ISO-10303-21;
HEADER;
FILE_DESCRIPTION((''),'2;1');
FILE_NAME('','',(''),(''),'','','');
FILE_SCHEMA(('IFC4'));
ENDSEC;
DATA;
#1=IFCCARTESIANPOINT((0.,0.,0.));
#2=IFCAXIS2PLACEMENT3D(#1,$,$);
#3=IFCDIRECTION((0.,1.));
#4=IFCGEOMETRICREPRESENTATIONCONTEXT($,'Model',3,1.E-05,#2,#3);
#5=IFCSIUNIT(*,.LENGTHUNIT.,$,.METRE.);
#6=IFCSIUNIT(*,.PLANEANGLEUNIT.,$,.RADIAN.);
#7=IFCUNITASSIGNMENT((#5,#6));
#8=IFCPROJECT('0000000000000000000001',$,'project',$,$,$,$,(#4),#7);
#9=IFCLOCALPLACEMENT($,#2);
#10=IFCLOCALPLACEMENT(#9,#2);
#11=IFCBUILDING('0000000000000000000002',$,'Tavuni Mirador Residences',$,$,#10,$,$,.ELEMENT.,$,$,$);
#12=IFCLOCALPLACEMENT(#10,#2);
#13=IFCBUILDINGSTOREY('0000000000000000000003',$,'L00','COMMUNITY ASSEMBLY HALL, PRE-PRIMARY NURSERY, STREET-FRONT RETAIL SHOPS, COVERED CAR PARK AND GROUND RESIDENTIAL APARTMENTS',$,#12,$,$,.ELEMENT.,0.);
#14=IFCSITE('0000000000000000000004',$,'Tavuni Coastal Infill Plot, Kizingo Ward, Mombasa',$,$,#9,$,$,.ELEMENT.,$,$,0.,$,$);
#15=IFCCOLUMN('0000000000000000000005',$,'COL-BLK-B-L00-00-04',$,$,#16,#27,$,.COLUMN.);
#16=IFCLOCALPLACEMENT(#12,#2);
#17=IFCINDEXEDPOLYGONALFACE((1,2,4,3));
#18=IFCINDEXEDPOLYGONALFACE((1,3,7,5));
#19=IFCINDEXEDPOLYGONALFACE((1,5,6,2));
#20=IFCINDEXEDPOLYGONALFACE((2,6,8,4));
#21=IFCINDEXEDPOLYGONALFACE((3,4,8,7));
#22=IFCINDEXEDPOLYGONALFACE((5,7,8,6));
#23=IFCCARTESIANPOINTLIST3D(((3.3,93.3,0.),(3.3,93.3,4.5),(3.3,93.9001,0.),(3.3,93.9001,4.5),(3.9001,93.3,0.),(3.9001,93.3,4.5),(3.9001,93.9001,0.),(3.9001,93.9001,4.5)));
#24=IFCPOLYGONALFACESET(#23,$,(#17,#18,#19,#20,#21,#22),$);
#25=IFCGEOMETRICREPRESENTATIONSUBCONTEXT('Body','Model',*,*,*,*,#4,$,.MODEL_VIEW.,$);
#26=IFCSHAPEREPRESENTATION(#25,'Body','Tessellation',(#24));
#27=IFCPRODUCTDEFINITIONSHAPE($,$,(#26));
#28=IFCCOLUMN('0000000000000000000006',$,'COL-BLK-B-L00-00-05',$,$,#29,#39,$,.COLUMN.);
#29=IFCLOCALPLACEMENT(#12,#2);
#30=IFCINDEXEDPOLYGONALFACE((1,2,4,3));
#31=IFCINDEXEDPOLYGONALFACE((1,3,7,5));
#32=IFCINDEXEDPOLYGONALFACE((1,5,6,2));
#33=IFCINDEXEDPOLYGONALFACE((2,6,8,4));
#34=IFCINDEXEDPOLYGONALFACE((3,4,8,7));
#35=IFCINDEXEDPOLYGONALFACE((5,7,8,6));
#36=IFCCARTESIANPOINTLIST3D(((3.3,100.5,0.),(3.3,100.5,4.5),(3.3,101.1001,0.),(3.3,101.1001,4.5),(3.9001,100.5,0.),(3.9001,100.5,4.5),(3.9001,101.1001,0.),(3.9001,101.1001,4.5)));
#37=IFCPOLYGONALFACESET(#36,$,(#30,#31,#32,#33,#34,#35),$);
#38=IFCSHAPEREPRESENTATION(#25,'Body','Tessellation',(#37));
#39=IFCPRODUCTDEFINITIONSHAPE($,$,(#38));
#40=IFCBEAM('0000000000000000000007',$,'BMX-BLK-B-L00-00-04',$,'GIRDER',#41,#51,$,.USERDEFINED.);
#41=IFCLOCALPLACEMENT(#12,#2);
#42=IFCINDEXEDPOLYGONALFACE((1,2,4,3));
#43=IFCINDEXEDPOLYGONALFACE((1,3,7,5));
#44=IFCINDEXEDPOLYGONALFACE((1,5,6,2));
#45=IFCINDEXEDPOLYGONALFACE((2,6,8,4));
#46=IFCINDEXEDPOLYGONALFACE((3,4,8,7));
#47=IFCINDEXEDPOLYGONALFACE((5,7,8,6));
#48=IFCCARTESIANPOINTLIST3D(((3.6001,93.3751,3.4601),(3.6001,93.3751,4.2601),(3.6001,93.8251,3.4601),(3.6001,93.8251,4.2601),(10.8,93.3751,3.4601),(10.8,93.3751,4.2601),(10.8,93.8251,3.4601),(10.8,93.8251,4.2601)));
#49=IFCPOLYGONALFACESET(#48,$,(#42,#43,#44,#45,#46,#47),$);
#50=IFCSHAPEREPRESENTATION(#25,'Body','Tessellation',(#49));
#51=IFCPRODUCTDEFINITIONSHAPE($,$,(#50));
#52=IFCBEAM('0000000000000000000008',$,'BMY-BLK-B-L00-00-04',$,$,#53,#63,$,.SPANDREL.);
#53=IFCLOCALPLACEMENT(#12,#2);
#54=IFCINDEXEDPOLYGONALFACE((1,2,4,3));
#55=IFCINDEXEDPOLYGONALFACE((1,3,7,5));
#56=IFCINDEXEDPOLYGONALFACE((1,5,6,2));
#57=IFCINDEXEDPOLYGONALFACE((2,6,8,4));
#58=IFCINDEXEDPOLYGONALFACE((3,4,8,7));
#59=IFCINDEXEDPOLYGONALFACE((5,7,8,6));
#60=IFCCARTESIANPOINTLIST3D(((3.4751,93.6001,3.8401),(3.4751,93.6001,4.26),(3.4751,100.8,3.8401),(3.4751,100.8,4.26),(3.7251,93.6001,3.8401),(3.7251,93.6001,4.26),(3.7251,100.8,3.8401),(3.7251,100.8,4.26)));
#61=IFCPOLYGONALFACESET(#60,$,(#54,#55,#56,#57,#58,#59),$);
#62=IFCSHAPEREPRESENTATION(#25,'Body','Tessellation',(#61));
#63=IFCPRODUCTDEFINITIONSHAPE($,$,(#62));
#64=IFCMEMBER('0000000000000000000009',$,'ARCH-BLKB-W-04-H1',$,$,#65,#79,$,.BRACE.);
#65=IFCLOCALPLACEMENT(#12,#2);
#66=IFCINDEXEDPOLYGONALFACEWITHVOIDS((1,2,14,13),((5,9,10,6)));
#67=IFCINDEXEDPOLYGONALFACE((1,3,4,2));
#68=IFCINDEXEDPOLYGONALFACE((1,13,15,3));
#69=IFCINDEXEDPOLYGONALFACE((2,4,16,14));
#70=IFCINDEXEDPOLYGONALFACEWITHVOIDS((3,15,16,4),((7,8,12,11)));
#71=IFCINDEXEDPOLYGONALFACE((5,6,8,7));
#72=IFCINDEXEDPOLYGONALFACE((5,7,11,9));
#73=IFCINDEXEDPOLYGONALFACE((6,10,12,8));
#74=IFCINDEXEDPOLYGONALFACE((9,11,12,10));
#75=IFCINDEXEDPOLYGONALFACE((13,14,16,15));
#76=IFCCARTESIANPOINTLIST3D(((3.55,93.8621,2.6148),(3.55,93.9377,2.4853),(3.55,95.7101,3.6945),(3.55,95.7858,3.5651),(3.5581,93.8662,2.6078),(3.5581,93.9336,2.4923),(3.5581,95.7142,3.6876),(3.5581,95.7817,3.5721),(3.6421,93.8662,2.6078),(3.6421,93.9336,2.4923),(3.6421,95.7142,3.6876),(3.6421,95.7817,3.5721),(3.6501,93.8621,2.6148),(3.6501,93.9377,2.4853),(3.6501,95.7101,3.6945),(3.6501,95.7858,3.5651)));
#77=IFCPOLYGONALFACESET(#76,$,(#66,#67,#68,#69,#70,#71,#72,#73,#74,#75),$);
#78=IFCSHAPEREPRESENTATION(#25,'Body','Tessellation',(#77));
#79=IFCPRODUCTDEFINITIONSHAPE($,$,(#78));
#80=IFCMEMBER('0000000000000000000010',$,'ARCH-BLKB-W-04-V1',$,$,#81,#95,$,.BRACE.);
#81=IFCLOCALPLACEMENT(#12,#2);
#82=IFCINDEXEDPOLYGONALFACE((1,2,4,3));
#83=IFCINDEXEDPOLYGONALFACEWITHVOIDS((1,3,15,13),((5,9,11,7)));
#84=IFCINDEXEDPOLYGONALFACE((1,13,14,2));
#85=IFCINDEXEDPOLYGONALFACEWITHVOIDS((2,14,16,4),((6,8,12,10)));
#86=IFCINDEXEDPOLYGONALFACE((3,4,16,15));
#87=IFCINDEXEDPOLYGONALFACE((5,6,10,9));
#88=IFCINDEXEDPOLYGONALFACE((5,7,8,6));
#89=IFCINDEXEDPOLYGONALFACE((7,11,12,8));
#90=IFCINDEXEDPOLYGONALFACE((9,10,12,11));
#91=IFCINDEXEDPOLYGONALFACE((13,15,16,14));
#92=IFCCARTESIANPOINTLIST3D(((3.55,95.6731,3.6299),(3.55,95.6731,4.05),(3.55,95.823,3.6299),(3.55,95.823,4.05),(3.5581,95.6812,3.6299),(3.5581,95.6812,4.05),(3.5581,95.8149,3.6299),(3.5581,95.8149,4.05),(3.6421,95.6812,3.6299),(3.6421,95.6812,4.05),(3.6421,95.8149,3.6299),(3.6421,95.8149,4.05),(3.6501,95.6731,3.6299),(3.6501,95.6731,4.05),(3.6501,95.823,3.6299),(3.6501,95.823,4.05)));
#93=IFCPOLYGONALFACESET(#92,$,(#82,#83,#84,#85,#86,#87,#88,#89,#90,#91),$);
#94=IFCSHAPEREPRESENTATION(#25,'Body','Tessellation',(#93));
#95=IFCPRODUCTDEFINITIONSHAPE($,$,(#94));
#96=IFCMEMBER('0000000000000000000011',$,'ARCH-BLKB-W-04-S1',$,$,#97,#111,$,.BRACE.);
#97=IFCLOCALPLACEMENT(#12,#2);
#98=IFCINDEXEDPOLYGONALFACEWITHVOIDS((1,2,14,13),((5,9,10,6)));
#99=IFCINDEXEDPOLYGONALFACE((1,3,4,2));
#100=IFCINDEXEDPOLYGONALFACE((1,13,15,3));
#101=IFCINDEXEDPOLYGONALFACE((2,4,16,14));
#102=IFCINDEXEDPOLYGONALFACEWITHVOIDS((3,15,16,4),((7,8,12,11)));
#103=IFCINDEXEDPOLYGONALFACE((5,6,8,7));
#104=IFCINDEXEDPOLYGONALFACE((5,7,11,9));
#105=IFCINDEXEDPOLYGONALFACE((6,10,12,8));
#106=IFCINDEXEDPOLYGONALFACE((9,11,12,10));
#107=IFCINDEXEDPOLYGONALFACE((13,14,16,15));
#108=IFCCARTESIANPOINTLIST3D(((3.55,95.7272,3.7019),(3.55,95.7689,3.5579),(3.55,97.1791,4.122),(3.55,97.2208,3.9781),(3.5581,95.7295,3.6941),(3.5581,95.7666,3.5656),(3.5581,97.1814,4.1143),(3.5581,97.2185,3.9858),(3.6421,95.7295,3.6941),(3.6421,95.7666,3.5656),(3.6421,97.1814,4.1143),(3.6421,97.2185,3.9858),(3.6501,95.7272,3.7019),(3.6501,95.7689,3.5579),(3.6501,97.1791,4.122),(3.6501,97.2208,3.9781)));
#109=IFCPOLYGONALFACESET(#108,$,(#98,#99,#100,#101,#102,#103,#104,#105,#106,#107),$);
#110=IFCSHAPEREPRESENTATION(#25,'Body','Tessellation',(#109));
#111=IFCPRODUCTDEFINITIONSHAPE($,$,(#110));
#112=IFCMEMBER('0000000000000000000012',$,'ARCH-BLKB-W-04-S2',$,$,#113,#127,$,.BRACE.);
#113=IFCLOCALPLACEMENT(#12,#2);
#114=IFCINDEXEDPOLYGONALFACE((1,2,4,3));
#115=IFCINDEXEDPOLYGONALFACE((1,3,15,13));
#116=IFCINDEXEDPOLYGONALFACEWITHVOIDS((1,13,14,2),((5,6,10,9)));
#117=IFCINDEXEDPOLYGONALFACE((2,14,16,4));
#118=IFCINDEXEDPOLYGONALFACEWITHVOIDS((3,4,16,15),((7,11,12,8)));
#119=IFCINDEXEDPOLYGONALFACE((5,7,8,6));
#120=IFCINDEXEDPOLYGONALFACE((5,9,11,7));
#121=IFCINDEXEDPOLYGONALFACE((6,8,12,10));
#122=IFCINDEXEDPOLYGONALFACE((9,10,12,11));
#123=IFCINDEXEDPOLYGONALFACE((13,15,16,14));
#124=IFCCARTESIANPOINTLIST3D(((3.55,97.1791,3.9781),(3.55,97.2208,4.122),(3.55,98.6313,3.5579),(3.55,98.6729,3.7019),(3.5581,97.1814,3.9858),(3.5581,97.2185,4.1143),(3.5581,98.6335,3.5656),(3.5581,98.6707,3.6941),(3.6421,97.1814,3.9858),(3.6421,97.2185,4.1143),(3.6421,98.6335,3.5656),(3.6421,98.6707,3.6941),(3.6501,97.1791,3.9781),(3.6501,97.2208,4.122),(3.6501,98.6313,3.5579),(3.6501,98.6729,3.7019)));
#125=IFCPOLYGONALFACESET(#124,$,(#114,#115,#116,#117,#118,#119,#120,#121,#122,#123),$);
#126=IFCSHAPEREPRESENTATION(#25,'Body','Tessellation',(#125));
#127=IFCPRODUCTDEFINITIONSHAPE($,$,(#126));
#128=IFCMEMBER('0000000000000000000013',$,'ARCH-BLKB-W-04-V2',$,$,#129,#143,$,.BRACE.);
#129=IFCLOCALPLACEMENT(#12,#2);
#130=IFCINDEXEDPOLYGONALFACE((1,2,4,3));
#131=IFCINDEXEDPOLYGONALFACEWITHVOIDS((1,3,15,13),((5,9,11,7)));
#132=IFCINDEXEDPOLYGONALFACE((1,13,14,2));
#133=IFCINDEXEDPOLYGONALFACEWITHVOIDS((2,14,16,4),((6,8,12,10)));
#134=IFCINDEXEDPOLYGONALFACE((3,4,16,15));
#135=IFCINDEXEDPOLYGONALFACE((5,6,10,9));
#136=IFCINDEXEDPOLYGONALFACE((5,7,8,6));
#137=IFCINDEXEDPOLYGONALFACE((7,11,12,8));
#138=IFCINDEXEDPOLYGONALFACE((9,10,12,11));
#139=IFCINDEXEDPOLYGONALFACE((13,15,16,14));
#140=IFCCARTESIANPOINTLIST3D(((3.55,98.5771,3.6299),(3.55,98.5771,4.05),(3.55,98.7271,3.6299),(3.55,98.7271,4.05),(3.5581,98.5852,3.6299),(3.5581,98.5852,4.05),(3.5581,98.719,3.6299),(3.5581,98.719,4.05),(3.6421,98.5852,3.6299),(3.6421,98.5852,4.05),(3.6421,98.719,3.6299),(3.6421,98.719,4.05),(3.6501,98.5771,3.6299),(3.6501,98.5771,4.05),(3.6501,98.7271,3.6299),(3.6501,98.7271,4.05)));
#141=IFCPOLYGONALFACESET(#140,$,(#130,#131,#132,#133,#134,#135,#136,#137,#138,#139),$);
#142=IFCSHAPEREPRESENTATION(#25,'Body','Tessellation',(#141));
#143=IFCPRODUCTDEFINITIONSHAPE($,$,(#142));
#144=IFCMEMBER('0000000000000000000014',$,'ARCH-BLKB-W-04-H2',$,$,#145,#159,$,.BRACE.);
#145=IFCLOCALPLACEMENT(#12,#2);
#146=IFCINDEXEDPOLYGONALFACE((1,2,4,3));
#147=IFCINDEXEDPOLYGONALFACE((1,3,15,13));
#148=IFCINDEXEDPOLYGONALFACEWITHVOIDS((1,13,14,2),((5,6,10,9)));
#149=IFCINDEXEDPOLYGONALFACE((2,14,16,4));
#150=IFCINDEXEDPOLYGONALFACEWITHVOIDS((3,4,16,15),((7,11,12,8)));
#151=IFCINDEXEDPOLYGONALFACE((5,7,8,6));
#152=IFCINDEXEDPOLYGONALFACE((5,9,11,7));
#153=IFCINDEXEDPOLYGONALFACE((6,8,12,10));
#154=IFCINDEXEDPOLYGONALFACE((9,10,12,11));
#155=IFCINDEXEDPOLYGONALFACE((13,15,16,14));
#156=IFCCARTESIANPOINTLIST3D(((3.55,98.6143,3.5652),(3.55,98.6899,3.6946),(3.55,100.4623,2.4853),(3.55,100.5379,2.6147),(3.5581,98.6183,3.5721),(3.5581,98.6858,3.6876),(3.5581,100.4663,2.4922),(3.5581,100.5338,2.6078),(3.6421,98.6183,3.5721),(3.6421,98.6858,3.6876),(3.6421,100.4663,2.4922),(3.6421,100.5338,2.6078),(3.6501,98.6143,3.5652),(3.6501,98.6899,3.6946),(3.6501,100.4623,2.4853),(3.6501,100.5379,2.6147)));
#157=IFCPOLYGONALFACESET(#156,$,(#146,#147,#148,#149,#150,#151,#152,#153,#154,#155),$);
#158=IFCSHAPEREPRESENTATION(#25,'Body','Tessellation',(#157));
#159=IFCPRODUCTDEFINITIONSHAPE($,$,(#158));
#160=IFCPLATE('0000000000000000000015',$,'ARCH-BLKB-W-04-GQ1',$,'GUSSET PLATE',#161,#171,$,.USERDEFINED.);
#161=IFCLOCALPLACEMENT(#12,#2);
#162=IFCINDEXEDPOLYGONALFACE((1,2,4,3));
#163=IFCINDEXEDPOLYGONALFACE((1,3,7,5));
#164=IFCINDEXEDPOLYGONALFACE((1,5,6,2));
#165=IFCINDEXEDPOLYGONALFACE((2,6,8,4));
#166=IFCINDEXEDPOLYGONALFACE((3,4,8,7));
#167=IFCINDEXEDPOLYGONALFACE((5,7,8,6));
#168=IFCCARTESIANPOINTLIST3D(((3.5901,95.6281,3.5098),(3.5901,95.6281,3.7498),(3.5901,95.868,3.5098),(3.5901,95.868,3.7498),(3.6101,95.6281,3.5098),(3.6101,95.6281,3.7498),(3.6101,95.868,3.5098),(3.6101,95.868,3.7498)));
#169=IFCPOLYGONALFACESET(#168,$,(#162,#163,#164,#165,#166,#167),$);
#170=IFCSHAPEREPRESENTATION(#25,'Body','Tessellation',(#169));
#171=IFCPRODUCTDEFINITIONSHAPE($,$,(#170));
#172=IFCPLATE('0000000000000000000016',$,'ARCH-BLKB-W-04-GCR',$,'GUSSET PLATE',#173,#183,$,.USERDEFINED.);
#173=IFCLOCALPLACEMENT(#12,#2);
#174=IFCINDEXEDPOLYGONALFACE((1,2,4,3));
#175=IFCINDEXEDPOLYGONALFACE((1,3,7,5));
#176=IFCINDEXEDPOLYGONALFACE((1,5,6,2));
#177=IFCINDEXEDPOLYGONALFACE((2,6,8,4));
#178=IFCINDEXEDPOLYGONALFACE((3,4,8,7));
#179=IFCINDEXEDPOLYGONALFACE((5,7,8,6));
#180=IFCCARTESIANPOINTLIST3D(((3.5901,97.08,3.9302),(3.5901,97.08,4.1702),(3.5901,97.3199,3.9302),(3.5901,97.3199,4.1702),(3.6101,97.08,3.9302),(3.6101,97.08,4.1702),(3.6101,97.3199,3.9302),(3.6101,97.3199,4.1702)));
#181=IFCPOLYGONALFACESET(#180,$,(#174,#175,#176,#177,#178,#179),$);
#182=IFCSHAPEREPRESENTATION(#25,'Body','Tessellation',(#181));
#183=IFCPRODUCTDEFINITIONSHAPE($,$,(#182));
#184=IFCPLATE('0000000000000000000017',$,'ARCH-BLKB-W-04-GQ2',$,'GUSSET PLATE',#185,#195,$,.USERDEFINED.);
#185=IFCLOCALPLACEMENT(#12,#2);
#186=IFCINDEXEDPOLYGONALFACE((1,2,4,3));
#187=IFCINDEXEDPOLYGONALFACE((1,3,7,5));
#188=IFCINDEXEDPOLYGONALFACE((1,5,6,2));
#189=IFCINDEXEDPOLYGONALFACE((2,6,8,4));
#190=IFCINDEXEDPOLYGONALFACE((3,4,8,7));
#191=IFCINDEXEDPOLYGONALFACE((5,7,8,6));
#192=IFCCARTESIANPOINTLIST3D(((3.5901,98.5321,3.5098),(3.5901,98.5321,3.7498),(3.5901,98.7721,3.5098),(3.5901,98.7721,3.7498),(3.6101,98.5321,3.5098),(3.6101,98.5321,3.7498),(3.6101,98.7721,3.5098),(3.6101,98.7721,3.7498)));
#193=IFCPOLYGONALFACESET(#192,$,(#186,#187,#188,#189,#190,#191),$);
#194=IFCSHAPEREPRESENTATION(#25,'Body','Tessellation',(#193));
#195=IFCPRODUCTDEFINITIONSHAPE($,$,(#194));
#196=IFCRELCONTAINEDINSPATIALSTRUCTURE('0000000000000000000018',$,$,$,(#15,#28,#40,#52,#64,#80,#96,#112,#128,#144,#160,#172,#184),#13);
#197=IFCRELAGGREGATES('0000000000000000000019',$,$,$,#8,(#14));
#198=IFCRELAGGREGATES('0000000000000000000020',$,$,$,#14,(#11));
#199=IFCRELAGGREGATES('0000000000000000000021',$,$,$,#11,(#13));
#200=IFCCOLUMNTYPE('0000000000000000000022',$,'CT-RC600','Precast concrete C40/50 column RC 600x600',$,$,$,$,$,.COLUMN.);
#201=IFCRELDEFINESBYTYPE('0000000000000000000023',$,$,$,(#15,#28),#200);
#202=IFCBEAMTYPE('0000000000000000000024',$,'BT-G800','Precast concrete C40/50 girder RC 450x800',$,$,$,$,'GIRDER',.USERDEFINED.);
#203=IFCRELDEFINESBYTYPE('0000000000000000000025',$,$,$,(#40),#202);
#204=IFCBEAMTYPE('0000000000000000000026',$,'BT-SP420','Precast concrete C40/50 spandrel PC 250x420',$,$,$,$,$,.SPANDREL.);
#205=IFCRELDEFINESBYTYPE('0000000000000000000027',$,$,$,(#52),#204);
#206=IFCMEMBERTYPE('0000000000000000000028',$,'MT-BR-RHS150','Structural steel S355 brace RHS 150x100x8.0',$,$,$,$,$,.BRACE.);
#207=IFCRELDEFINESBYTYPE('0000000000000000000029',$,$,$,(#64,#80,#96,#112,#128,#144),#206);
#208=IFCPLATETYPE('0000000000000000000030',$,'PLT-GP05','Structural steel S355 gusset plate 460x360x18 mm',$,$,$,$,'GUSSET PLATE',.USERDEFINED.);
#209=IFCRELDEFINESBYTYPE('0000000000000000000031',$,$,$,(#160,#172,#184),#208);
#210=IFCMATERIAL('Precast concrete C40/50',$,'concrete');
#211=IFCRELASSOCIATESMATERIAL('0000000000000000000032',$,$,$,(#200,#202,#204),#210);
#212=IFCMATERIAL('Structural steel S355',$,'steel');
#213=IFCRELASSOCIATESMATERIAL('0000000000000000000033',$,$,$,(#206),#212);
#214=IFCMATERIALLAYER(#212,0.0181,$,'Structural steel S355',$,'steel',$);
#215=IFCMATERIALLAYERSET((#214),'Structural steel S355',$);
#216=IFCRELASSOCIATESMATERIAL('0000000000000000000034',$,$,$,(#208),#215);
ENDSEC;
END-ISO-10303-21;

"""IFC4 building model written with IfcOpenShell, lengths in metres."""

from ifc_helpers import new_model, si_unit, direction, frame, origin, origin_2d, place, context, subcontext, project, spatial, rectangle, hollow_rectangle, extrude, material, layer, layer_set, material_profile, profile_set, type_object, element, save


model = new_model("IFC4")

# Units and contexts
model_context = context("Model", 3, precision=1e-05, world=origin(), true_north=direction((0.0, 1.0)))
body_context = subcontext(model_context, "Body", "Model", "MODEL_VIEW")
ifc_project = project(units=[si_unit("LENGTHUNIT", "METRE"), si_unit("PLANEANGLEUNIT", "RADIAN")], contexts=[model_context])

# Site, building, storey
site_placement = place(None, origin())
site = spatial("IfcSite", under=ifc_project, at=site_placement, Name="Tavuni Coastal Infill Plot, Kizingo Ward, Mombasa", CompositionType="ELEMENT", RefElevation=0.0)
building_placement = place(site_placement, origin())
building = spatial("IfcBuilding", under=site, at=building_placement, Name="Tavuni Mirador Residences", CompositionType="ELEMENT")
storey_placement = place(building_placement, origin())
storey = spatial("IfcBuildingStorey", under=building, at=storey_placement, Name="L00", Description="COMMUNITY ASSEMBLY HALL, PRE-PRIMARY NURSERY, STREET-FRONT RETAIL SHOPS, COVERED CAR PARK AND GROUND RESIDENTIAL APARTMENTS", CompositionType="ELEMENT", Elevation=0.0)

# Columns
ifc_material_1 = material(Name="Precast concrete C40/50", Category="concrete")
ifc_material_profile_1 = material_profile(ifc_material_1, rectangle(XDim=0.6001, YDim=0.6001, at=origin_2d()), Name="RC 600x600", Category="concrete")
ifc_profile_set_1 = profile_set([ifc_material_profile_1], Name="Precast concrete C40/50")
column_type = type_object("IfcColumnType", Name="CT-RC600", Description="Precast concrete C40/50 column RC 600x600", PredefinedType="COLUMN", material=ifc_profile_set_1)
for number, where, z_axis, x_axis, name in (
    (1, (3.6001, 93.6001, 0.0), (0.0, 0.0, 1.0), (1.0, 0.0, 0.0), "COL-BLK-B-L00-00-04"),
    (2, (3.6001, 100.8, 0.0), (0.0, 0.0, 1.0), (1.0, 0.0, 0.0), "COL-BLK-B-L00-00-05"),
):
    element("IfcColumn", number, at=place(storey_placement, frame(where, z_axis=z_axis, x_axis=x_axis)), inside=storey, type_object=column_type, Name=name, PredefinedType="COLUMN", context=body_context, shape_type="SweptSolid", body=[
        extrude(rectangle(XDim=0.6001, YDim=0.6001, at=origin_2d()), origin(), (0.0, 0.0, 1.0), 4.5),
    ])

# Beams
ifc_material_profile_2 = material_profile(ifc_material_1, rectangle(XDim=0.45, YDim=0.8, at=origin_2d()), Name="RC 450x800", Category="concrete")
ifc_profile_set_2 = profile_set([ifc_material_profile_2], Name="Precast concrete C40/50")
beam_type_1 = type_object("IfcBeamType", Name="BT-G800", Description="Precast concrete C40/50 girder RC 450x800", ElementType="GIRDER", PredefinedType="USERDEFINED", material=ifc_profile_set_2)
beam_1_placement = place(storey_placement, frame((3.6001, 93.6001, 3.8601), z_axis=(1.0, 0.0, 0.0), x_axis=(0.0, 1.0, 0.0)))
element("IfcBeam", 3, at=beam_1_placement, inside=storey, type_object=beam_type_1, Name="BMX-BLK-B-L00-00-04", ObjectType="GIRDER", PredefinedType="USERDEFINED", context=body_context, shape_type="SweptSolid", body=[
    extrude(rectangle(XDim=0.45, YDim=0.8, at=origin_2d()), origin(), (0.0, 0.0, 1.0), 7.2),
])
ifc_material_profile_3 = material_profile(ifc_material_1, rectangle(XDim=0.25, YDim=0.4199, at=origin_2d()), Name="PC 250x420", Category="concrete")
ifc_profile_set_3 = profile_set([ifc_material_profile_3], Name="Precast concrete C40/50")
beam_type_2 = type_object("IfcBeamType", Name="BT-SP420", Description="Precast concrete C40/50 spandrel PC 250x420", PredefinedType="SPANDREL", material=ifc_profile_set_3)
beam_2_placement = place(storey_placement, frame((3.6001, 93.6001, 4.05), z_axis=(0.0, 1.0, 0.0), x_axis=(-1.0, 0.0, 0.0)))
element("IfcBeam", 4, at=beam_2_placement, inside=storey, type_object=beam_type_2, Name="BMY-BLK-B-L00-00-04", PredefinedType="SPANDREL", context=body_context, shape_type="SweptSolid", body=[
    extrude(rectangle(XDim=0.25, YDim=0.4199, at=origin_2d()), origin(), (0.0, 0.0, 1.0), 7.2),
])

# Members
ifc_material_2 = material(Name="Structural steel S355", Category="steel")
ifc_material_profile_4 = material_profile(ifc_material_2, hollow_rectangle(XDim=0.1001, YDim=0.1499, WallThickness=0.0081, at=origin_2d()), Name="RHS 150x100x8.0", Category="steel")
ifc_profile_set_4 = profile_set([ifc_material_profile_4], Name="Structural steel S355")
member_type = type_object("IfcMemberType", Name="MT-BR-RHS150", Description="Structural steel S355 brace RHS 150x100x8.0", PredefinedType="BRACE", material=ifc_profile_set_4)
member_1_placement = place(storey_placement, frame((3.6001, 93.8999, 2.55), z_axis=(0.0, 0.863423, 0.504481), x_axis=(-1.0, 0.0, 0.0)))
element("IfcMember", 5, at=member_1_placement, inside=storey, type_object=member_type, Name="ARCH-BLKB-W-04-H1", PredefinedType="BRACE", context=body_context, shape_type="SweptSolid", body=[
    extrude(hollow_rectangle(XDim=0.1001, YDim=0.1499, WallThickness=0.0081, at=origin_2d()), origin(), (0.0, 0.0, 1.0), 2.1404),
])
member_2_placement = place(storey_placement, frame((3.6001, 95.748, 3.6299), z_axis=(0.0, 0.0, 1.0), x_axis=(1.0, 0.0, 0.0)))
element("IfcMember", 6, at=member_2_placement, inside=storey, type_object=member_type, Name="ARCH-BLKB-W-04-V1", PredefinedType="BRACE", context=body_context, shape_type="SweptSolid", body=[
    extrude(hollow_rectangle(XDim=0.1001, YDim=0.1499, WallThickness=0.0081, at=origin_2d()), origin(), (0.0, 0.0, 1.0), 0.4202),
])
member_3_placement = place(storey_placement, frame((3.6001, 95.748, 3.6299), z_axis=(0.0, 0.960586, 0.277984), x_axis=(-1.0, 0.0, 0.0)))
element("IfcMember", 7, at=member_3_placement, inside=storey, type_object=member_type, Name="ARCH-BLKB-W-04-S1", PredefinedType="BRACE", context=body_context, shape_type="SweptSolid", body=[
    extrude(hollow_rectangle(XDim=0.1001, YDim=0.1499, WallThickness=0.0081, at=origin_2d()), origin(), (0.0, 0.0, 1.0), 1.5115),
])
member_4_placement = place(storey_placement, frame((3.6001, 97.2, 4.05), z_axis=(0.0, 0.960598, -0.27794), x_axis=(-1.0, 0.0, 0.0)))
element("IfcMember", 8, at=member_4_placement, inside=storey, type_object=member_type, Name="ARCH-BLKB-W-04-S2", PredefinedType="BRACE", context=body_context, shape_type="SweptSolid", body=[
    extrude(hollow_rectangle(XDim=0.1001, YDim=0.1499, WallThickness=0.0081, at=origin_2d()), origin(), (0.0, 0.0, 1.0), 1.5117),
])
member_5_placement = place(storey_placement, frame((3.6001, 98.6521, 3.6299), z_axis=(0.0, 0.0, 1.0), x_axis=(1.0, 0.0, 0.0)))
element("IfcMember", 9, at=member_5_placement, inside=storey, type_object=member_type, Name="ARCH-BLKB-W-04-V2", PredefinedType="BRACE", context=body_context, shape_type="SweptSolid", body=[
    extrude(hollow_rectangle(XDim=0.1001, YDim=0.1499, WallThickness=0.0081, at=origin_2d()), origin(), (0.0, 0.0, 1.0), 0.4202),
])
member_6_placement = place(storey_placement, frame((3.6001, 98.6521, 3.6299), z_axis=(0.0, 0.863394, -0.50453), x_axis=(-1.0, 0.0, 0.0)))
element("IfcMember", 10, at=member_6_placement, inside=storey, type_object=member_type, Name="ARCH-BLKB-W-04-H2", PredefinedType="BRACE", context=body_context, shape_type="SweptSolid", body=[
    extrude(hollow_rectangle(XDim=0.1001, YDim=0.1499, WallThickness=0.0081, at=origin_2d()), origin(), (0.0, 0.0, 1.0), 2.1404),
])

# Plates
ifc_layer_1 = layer(ifc_material_2, 0.0181, Name="Structural steel S355", Category="steel")
ifc_layer_set_1 = layer_set([ifc_layer_1], Name="Structural steel S355")
plate_type = type_object("IfcPlateType", Name="PLT-GP05", Description="Structural steel S355 gusset plate 460x360x18 mm", ElementType="GUSSET PLATE", PredefinedType="USERDEFINED", material=ifc_layer_set_1)
for number, where, z_axis, x_axis, name in (
    (11, (3.6001, 95.748, 3.5098), (0.0, 0.0, 1.0), (1.0, 0.0, 0.0), "ARCH-BLKB-W-04-GQ1"),
    (12, (3.6001, 97.2, 3.9302), (0.0, 0.0, 1.0), (1.0, 0.0, 0.0), "ARCH-BLKB-W-04-GCR"),
    (13, (3.6001, 98.6521, 3.5098), (0.0, 0.0, 1.0), (1.0, 0.0, 0.0), "ARCH-BLKB-W-04-GQ2"),
):
    element("IfcPlate", number, at=place(storey_placement, frame(where, z_axis=z_axis, x_axis=x_axis)), inside=storey, type_object=plate_type, Name=name, ObjectType="GUSSET PLATE", PredefinedType="USERDEFINED", context=body_context, shape_type="SweptSolid", body=[
        extrude(rectangle(XDim=0.02, YDim=0.24, at=origin_2d()), origin(), (0.0, 0.0, 1.0), 0.24),
    ])

save(model, "model.ifc")
